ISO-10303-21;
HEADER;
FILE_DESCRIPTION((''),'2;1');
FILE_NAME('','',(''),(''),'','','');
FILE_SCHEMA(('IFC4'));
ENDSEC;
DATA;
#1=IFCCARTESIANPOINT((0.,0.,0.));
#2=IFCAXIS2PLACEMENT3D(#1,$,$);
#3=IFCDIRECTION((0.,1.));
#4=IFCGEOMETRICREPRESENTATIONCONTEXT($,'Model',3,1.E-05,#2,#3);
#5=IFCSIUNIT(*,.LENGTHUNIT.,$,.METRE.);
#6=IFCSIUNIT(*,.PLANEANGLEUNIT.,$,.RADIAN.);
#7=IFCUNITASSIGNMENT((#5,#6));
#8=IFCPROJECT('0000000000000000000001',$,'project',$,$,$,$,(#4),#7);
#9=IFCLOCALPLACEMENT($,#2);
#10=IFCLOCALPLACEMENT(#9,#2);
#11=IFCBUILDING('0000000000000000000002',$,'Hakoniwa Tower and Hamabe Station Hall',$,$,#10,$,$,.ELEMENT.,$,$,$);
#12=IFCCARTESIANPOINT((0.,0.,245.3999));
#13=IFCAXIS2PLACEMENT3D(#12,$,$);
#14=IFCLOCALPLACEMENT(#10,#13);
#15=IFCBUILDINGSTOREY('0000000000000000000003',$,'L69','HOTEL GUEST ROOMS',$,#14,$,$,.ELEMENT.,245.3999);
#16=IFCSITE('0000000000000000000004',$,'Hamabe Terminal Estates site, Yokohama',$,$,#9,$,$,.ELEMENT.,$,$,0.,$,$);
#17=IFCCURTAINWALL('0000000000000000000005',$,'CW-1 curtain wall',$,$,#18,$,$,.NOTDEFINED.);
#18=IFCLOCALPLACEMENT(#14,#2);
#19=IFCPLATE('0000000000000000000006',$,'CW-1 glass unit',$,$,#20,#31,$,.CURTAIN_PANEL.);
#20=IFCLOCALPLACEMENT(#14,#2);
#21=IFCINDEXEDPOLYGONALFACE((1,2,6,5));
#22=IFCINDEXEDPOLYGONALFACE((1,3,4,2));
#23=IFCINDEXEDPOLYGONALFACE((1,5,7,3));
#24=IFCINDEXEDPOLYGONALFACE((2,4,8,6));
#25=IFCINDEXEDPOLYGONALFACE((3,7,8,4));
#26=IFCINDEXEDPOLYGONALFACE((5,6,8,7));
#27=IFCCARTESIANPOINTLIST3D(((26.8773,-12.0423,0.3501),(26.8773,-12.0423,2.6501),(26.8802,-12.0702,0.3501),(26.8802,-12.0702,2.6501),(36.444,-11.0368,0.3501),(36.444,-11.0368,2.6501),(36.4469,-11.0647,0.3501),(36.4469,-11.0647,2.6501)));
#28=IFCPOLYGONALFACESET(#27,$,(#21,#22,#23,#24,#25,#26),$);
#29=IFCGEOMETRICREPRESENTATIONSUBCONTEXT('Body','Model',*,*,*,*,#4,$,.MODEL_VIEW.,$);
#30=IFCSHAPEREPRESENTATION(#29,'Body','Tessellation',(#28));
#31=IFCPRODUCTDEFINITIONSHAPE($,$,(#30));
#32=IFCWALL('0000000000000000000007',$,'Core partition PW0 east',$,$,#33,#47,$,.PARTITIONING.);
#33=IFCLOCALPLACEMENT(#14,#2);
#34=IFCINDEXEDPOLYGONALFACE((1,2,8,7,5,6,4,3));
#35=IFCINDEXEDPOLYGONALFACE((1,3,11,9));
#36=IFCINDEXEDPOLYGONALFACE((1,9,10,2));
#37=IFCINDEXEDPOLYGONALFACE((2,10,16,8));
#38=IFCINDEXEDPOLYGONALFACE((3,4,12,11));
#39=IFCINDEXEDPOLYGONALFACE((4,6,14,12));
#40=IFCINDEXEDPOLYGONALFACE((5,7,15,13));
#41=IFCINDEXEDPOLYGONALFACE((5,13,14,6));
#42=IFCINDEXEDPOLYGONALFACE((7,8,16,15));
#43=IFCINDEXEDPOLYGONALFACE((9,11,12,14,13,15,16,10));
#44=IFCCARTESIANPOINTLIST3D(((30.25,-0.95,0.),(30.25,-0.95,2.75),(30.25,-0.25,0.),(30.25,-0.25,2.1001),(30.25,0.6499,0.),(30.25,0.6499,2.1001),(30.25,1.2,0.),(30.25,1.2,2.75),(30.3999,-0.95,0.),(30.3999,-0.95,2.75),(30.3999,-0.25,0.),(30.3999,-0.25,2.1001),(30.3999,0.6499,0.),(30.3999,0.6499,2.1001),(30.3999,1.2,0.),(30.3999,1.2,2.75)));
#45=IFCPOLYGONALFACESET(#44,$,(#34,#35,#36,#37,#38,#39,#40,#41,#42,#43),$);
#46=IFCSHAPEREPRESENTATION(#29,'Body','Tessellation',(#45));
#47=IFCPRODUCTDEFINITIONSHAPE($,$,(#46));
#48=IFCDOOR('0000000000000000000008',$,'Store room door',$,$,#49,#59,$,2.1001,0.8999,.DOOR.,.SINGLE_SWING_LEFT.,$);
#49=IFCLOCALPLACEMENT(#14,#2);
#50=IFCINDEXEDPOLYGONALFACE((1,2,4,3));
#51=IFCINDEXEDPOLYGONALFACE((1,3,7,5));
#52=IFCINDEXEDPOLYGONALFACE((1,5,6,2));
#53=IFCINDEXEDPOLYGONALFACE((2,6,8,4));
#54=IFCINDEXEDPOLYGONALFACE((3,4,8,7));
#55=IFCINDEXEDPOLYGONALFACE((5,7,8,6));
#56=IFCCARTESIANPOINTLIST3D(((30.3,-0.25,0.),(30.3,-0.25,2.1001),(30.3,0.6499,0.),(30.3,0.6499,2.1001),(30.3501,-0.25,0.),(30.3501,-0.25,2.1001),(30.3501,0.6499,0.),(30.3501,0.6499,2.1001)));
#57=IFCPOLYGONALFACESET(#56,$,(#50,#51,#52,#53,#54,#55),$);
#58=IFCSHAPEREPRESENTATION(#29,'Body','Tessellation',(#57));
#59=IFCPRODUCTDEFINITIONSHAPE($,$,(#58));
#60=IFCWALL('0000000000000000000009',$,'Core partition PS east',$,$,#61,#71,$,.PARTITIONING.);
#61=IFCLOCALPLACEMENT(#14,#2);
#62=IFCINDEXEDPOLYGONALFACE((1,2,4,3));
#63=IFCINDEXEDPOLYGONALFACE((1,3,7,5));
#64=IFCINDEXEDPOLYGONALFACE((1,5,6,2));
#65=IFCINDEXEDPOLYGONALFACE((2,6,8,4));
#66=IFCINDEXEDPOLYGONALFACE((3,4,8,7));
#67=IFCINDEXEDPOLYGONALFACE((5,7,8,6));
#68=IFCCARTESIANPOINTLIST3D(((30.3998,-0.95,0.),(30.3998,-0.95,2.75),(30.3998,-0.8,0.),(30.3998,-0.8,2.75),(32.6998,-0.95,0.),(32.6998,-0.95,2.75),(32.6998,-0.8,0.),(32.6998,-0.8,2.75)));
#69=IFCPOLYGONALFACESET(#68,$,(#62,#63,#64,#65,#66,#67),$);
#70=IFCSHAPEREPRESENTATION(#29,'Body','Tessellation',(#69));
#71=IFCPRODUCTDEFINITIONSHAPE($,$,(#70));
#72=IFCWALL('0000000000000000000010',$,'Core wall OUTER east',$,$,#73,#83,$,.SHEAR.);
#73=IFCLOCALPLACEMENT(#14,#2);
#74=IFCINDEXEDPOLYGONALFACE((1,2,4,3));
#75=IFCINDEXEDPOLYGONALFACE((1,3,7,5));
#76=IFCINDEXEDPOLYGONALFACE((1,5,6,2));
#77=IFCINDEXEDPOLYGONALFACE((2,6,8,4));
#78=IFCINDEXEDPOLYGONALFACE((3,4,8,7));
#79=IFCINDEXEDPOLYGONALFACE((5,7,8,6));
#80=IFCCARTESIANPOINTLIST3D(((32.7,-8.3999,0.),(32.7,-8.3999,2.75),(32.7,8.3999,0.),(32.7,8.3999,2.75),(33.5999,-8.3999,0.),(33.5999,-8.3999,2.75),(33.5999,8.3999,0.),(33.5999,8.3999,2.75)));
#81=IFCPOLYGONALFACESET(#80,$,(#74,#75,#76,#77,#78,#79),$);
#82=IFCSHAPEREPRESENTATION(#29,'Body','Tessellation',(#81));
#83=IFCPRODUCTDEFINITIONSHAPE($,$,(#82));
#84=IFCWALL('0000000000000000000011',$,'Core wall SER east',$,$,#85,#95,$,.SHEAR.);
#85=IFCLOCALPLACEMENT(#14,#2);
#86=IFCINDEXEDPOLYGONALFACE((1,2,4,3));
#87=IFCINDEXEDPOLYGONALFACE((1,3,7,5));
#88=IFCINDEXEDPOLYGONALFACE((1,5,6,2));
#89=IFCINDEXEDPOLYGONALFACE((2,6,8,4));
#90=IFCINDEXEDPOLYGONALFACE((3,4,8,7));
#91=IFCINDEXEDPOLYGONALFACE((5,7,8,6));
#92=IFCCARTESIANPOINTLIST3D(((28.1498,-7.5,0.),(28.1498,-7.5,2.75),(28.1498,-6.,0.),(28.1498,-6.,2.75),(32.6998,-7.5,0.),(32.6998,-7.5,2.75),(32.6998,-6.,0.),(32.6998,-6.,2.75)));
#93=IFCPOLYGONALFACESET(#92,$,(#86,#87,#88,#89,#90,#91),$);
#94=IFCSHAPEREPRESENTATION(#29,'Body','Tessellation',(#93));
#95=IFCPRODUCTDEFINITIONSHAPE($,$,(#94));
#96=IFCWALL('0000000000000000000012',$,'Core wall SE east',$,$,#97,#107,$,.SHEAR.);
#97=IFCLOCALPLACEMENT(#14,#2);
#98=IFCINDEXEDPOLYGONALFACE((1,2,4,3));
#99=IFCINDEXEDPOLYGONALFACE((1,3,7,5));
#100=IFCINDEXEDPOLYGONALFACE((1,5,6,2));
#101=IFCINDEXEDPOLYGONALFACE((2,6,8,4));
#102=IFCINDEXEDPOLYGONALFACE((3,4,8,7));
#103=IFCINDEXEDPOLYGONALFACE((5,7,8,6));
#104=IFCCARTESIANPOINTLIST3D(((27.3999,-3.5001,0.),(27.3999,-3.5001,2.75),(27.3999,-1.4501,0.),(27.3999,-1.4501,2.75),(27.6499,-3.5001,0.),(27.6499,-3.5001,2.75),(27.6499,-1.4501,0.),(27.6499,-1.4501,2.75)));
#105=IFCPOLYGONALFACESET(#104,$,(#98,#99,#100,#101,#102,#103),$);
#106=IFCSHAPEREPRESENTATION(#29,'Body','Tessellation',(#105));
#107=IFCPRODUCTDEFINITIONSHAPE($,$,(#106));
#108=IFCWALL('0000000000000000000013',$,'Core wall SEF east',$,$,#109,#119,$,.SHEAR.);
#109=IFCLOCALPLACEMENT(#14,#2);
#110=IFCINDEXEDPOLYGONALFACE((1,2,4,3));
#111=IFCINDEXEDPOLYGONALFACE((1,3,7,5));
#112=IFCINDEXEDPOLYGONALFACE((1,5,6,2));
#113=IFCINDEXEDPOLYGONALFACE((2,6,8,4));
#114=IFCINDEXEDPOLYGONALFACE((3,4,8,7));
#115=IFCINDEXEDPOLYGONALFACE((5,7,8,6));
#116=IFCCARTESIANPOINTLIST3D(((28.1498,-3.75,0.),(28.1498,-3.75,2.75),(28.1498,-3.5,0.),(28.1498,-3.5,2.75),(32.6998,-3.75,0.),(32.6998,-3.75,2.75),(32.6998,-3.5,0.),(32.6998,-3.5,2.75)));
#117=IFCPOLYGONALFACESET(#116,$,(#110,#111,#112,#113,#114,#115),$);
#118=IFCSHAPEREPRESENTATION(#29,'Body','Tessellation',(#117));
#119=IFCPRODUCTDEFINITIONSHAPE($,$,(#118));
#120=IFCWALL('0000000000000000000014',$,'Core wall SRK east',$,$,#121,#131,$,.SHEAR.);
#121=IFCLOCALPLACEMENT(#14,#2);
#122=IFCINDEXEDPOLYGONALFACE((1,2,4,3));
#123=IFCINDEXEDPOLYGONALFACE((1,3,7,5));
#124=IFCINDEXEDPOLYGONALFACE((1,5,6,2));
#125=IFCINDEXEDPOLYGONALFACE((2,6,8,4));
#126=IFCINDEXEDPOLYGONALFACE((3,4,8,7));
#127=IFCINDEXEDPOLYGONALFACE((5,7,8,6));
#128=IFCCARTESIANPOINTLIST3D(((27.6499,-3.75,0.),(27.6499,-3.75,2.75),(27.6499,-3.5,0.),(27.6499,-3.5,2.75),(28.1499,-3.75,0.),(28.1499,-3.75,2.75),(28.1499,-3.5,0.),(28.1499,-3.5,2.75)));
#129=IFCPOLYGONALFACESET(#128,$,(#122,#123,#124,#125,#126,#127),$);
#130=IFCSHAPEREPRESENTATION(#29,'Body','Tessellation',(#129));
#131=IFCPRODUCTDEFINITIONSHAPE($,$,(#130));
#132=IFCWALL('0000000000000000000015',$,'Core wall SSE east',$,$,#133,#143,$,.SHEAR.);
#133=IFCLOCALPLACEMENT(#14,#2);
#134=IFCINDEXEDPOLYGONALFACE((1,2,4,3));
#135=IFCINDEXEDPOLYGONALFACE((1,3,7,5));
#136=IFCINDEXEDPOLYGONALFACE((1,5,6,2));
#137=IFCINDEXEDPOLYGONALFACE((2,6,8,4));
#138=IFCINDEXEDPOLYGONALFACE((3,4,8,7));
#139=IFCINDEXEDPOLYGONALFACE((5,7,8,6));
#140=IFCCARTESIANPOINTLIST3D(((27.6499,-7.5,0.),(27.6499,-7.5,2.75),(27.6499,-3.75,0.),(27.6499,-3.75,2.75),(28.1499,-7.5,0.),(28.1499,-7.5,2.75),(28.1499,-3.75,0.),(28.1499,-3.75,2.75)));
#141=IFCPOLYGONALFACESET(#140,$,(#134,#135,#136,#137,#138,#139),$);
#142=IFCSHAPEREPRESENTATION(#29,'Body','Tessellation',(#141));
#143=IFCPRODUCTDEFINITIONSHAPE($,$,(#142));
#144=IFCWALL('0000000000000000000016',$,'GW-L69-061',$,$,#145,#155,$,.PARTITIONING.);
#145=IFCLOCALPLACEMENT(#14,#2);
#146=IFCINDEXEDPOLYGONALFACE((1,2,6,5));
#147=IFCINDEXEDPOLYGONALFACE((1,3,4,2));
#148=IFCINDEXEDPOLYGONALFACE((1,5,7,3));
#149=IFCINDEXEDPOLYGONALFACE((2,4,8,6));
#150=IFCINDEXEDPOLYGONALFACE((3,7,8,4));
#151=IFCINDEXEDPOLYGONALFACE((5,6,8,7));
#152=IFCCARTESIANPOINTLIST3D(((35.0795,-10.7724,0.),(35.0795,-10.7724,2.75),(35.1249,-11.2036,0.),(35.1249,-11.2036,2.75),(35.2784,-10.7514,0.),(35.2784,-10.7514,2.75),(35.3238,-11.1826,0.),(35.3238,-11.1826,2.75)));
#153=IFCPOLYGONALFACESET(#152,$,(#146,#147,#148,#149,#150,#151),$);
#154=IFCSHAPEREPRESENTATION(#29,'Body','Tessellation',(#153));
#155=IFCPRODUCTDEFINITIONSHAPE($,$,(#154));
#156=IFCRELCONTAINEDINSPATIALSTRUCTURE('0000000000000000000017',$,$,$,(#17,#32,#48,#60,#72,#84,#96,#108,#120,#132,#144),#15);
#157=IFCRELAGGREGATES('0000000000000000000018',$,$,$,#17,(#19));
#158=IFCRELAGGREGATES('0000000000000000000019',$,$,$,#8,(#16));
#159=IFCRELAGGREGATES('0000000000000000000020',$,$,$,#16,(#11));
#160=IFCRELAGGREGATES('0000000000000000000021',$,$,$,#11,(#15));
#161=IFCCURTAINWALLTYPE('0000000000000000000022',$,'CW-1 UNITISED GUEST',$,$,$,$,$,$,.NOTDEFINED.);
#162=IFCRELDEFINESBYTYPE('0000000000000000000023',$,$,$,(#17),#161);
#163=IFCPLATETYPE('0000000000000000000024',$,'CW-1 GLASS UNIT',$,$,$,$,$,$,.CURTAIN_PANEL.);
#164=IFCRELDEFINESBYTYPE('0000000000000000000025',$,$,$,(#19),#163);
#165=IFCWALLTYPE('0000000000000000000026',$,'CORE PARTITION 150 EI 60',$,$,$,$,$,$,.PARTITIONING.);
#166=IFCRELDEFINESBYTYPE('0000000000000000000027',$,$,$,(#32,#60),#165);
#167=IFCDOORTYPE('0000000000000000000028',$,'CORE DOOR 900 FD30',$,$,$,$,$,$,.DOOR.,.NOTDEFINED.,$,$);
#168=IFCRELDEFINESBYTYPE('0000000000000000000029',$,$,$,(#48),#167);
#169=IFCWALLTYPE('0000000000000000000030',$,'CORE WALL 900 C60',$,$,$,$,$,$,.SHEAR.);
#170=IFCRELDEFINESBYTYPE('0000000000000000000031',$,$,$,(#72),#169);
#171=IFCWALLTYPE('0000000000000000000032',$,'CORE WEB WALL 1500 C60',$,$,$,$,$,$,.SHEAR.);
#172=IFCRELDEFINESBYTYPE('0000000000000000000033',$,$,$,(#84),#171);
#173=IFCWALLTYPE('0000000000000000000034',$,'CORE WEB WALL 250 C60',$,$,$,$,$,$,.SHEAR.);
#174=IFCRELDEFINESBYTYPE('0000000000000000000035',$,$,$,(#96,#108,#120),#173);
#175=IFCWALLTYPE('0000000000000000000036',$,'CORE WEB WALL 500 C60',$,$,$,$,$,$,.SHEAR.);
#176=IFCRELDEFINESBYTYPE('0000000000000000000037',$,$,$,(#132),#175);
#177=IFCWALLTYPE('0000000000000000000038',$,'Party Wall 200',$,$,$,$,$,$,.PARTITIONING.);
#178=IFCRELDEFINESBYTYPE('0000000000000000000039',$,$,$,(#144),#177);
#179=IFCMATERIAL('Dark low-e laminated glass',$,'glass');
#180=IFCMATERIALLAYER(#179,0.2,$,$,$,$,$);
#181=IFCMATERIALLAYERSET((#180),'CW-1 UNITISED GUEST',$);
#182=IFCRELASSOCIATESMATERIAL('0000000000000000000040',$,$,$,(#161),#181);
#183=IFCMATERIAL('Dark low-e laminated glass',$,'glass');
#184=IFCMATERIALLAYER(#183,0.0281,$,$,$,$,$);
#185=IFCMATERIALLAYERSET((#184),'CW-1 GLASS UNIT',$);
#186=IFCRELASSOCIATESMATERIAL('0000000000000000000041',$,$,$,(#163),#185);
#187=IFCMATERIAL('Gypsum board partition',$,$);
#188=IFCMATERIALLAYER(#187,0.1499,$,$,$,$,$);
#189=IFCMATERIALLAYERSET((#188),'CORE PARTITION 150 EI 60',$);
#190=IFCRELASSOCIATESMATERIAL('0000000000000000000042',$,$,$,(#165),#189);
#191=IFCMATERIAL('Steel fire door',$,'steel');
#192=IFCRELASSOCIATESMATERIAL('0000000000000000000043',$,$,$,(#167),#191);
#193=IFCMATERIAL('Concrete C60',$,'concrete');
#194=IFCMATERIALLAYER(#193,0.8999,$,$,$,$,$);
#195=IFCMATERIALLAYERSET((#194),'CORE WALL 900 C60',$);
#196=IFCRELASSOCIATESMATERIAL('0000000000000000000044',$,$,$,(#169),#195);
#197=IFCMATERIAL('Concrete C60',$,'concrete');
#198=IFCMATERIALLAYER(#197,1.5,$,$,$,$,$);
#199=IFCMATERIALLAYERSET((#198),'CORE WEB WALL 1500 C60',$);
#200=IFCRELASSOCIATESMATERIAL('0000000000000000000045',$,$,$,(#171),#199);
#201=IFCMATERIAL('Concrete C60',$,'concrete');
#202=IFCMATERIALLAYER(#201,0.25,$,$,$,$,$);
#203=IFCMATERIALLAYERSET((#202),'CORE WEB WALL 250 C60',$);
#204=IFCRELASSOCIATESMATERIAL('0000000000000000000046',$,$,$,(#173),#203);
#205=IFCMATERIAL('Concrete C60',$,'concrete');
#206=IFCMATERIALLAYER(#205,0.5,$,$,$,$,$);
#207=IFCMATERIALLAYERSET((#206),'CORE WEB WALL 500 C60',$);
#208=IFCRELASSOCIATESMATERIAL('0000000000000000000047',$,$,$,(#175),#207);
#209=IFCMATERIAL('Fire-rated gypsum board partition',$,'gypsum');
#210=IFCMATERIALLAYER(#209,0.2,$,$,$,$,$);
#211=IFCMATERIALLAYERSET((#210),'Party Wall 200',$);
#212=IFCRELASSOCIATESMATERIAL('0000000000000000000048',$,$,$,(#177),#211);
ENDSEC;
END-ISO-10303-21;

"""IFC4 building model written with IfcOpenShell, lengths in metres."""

from ifc_helpers import new_model, si_unit, direction, frame, frame_2d, origin, origin_2d, place, context, subcontext, project, spatial, rectangle, extrude, material, layer, layer_set, type_object, element, fill, aggregate, save


model = new_model("IFC4")

# Units and contexts
model_context = context("Model", 3, precision=1e-05, world=origin(), true_north=direction((0.0, 1.0)))
body_context = subcontext(model_context, "Body", "Model", "MODEL_VIEW")
ifc_project = project(units=[si_unit("LENGTHUNIT", "METRE"), si_unit("PLANEANGLEUNIT", "RADIAN")], contexts=[model_context])

# Site, building, storey
site_placement = place(None, origin())
site = spatial("IfcSite", under=ifc_project, at=site_placement, Name="Hamabe Terminal Estates site, Yokohama", CompositionType="ELEMENT", RefElevation=0.0)
building_placement = place(site_placement, origin())
building = spatial("IfcBuilding", under=site, at=building_placement, Name="Hakoniwa Tower and Hamabe Station Hall", CompositionType="ELEMENT")
storey_placement = place(building_placement, frame((0.0, 0.0, 245.3999)))
storey = spatial("IfcBuildingStorey", under=building, at=storey_placement, Name="L69", Description="HOTEL GUEST ROOMS", CompositionType="ELEMENT", Elevation=245.3999)

# Shared definitions
ifc_material_1 = material(Name="Dark low-e laminated glass", Category="glass")
ifc_layer_1 = layer(ifc_material_1, 0.2)
ifc_layer_set_1 = layer_set([ifc_layer_1], Name="CW-1 UNITISED GUEST")
curtain_wall_type = type_object("IfcCurtainWallType", Name="CW-1 UNITISED GUEST", PredefinedType="NOTDEFINED", material=ifc_layer_set_1)

# Curtain wall
curtain_wall_1_placement = place(storey_placement, origin())
curtain_wall_1 = element("IfcCurtainWall", 1, at=curtain_wall_1_placement, inside=storey, type_object=curtain_wall_type, Name="CW-1 curtain wall", PredefinedType="NOTDEFINED")

# Plate
ifc_material_2 = material(Name="Dark low-e laminated glass", Category="glass")
ifc_layer_2 = layer(ifc_material_2, 0.0281)
ifc_layer_set_2 = layer_set([ifc_layer_2], Name="CW-1 GLASS UNIT")
plate_type = type_object("IfcPlateType", Name="CW-1 GLASS UNIT", PredefinedType="CURTAIN_PANEL", material=ifc_layer_set_2)
plate_1_placement = place(storey_placement, frame((31.6621, -11.5535, 0.3501), z_axis=(0.0, 0.0, 1.0), x_axis=(0.994522, 0.104528, 0.0)))
plate_1 = element("IfcPlate", 2, at=plate_1_placement, type_object=plate_type, Name="CW-1 glass unit", PredefinedType="CURTAIN_PANEL", context=body_context, shape_type="SweptSolid", body=[
    extrude(rectangle(XDim=9.6194, YDim=0.0281, at=origin_2d()), origin(), (0.0, 0.0, 1.0), 2.3),
])
aggregate(curtain_wall_1, [plate_1])

# Wall, opening, door
ifc_material_3 = material(Name="Gypsum board partition")
ifc_layer_3 = layer(ifc_material_3, 0.1499)
ifc_layer_set_3 = layer_set([ifc_layer_3], Name="CORE PARTITION 150 EI 60")
wall_type_1 = type_object("IfcWallType", Name="CORE PARTITION 150 EI 60", PredefinedType="PARTITIONING", material=ifc_layer_set_3)
wall_1_placement = place(storey_placement, frame((30.325, -0.95, 0.0), z_axis=(0.0, 0.0, 1.0), x_axis=(0.0, 1.0, 0.0)))
wall_1 = element("IfcWall", 3, at=wall_1_placement, inside=storey, type_object=wall_type_1, Name="Core partition PW0 east", PredefinedType="PARTITIONING", context=body_context, shape_type="SweptSolid", body=[
    extrude(rectangle(XDim=2.1499, YDim=0.1499, at=frame_2d((1.075, 0.0))), origin(), (0.0, 0.0, 1.0), 2.75),
])
opening_placement = place(wall_1_placement, frame((0.7, 0.0, 0.0)))
opening = element("IfcOpeningElement", 4, at=opening_placement, cuts=wall_1, PredefinedType="OPENING", context=body_context, shape_type="SweptSolid", body=[
    extrude(rectangle(XDim=0.8999, YDim=2.1001, at=frame_2d((0.45, 1.05))), frame((0.0, 0.085, 0.0), z_axis=(0.0, -1.0, 0.0), x_axis=(1.0, 0.0, 0.0)), (0.0, 0.0, 1.0), 0.1699),
])
ifc_material_4 = material(Name="Steel fire door", Category="steel")
door_type = type_object("IfcDoorType", Name="CORE DOOR 900 FD30", OperationType="NOTDEFINED", PredefinedType="DOOR", material=ifc_material_4)
door_placement = place(opening_placement, origin())
door = element("IfcDoor", 5, at=door_placement, inside=storey, type_object=door_type, Name="Store room door", OperationType="SINGLE_SWING_LEFT", OverallHeight=2.1001, OverallWidth=0.8999, PredefinedType="DOOR", context=body_context, shape_type="SweptSolid", body=[
    extrude(rectangle(XDim=0.8999, YDim=2.1001, at=frame_2d((0.45, 1.05))), frame((0.0, 0.0249, 0.0), z_axis=(0.0, -1.0, 0.0), x_axis=(1.0, 0.0, 0.0)), (0.0, 0.0, 1.0), 0.05),
])
fill(opening, door)

# Walls
wall_2_placement = place(storey_placement, frame((30.3999, -0.875, 0.0), z_axis=(0.0, 0.0, 1.0), x_axis=(1.0, 0.0, 0.0)))
element("IfcWall", 6, at=wall_2_placement, inside=storey, type_object=wall_type_1, Name="Core partition PS east", PredefinedType="PARTITIONING", context=body_context, shape_type="SweptSolid", body=[
    extrude(rectangle(XDim=2.3, YDim=0.1499, at=frame_2d((1.1499, 0.0))), origin(), (0.0, 0.0, 1.0), 2.75),
])
ifc_material_5 = material(Name="Concrete C60", Category="concrete")
ifc_layer_4 = layer(ifc_material_5, 0.8999)
ifc_layer_set_4 = layer_set([ifc_layer_4], Name="CORE WALL 900 C60")
wall_type_2 = type_object("IfcWallType", Name="CORE WALL 900 C60", PredefinedType="SHEAR", material=ifc_layer_set_4)
wall_3_placement = place(storey_placement, frame((33.1499, -8.3999, 0.0), z_axis=(0.0, 0.0, 1.0), x_axis=(0.0, 1.0, 0.0)))
element("IfcWall", 7, at=wall_3_placement, inside=storey, type_object=wall_type_2, Name="Core wall OUTER east", PredefinedType="SHEAR", context=body_context, shape_type="SweptSolid", body=[
    extrude(rectangle(XDim=16.7998, YDim=0.8999, at=frame_2d((8.3999, 0.0))), origin(), (0.0, 0.0, 1.0), 2.75),
])
ifc_material_6 = material(Name="Concrete C60", Category="concrete")
ifc_layer_5 = layer(ifc_material_6, 1.5)
ifc_layer_set_5 = layer_set([ifc_layer_5], Name="CORE WEB WALL 1500 C60")
wall_type_3 = type_object("IfcWallType", Name="CORE WEB WALL 1500 C60", PredefinedType="SHEAR", material=ifc_layer_set_5)
wall_4_placement = place(storey_placement, frame((28.1499, -6.75, 0.0), z_axis=(0.0, 0.0, 1.0), x_axis=(1.0, 0.0, 0.0)))
element("IfcWall", 8, at=wall_4_placement, inside=storey, type_object=wall_type_3, Name="Core wall SER east", PredefinedType="SHEAR", context=body_context, shape_type="SweptSolid", body=[
    extrude(rectangle(XDim=4.55, YDim=1.5, at=frame_2d((2.2749, 0.0))), origin(), (0.0, 0.0, 1.0), 2.75),
])
ifc_material_7 = material(Name="Concrete C60", Category="concrete")
ifc_layer_6 = layer(ifc_material_7, 0.25)
ifc_layer_set_6 = layer_set([ifc_layer_6], Name="CORE WEB WALL 250 C60")
wall_type_4 = type_object("IfcWallType", Name="CORE WEB WALL 250 C60", PredefinedType="SHEAR", material=ifc_layer_set_6)
wall_5_placement = place(storey_placement, frame((27.5249, -3.5, 0.0), z_axis=(0.0, 0.0, 1.0), x_axis=(0.0, 1.0, 0.0)))
element("IfcWall", 9, at=wall_5_placement, inside=storey, type_object=wall_type_4, Name="Core wall SE east", PredefinedType="SHEAR", context=body_context, shape_type="SweptSolid", body=[
    extrude(rectangle(XDim=2.05, YDim=0.25, at=frame_2d((1.0249, 0.0))), origin(), (0.0, 0.0, 1.0), 2.75),
])
wall_6_placement = place(storey_placement, frame((28.1499, -3.625, 0.0), z_axis=(0.0, 0.0, 1.0), x_axis=(1.0, 0.0, 0.0)))
element("IfcWall", 10, at=wall_6_placement, inside=storey, type_object=wall_type_4, Name="Core wall SEF east", PredefinedType="SHEAR", context=body_context, shape_type="SweptSolid", body=[
    extrude(rectangle(XDim=4.55, YDim=0.25, at=frame_2d((2.2749, 0.0))), origin(), (0.0, 0.0, 1.0), 2.75),
])
wall_7_placement = place(storey_placement, frame((27.6499, -3.625, 0.0), z_axis=(0.0, 0.0, 1.0), x_axis=(1.0, 0.0, 0.0)))
element("IfcWall", 11, at=wall_7_placement, inside=storey, type_object=wall_type_4, Name="Core wall SRK east", PredefinedType="SHEAR", context=body_context, shape_type="SweptSolid", body=[
    extrude(rectangle(XDim=0.5, YDim=0.25, at=frame_2d((0.25, 0.0))), origin(), (0.0, 0.0, 1.0), 2.75),
])
ifc_material_8 = material(Name="Concrete C60", Category="concrete")
ifc_layer_7 = layer(ifc_material_8, 0.5)
ifc_layer_set_7 = layer_set([ifc_layer_7], Name="CORE WEB WALL 500 C60")
wall_type_5 = type_object("IfcWallType", Name="CORE WEB WALL 500 C60", PredefinedType="SHEAR", material=ifc_layer_set_7)
wall_8_placement = place(storey_placement, frame((27.8999, -7.5, 0.0), z_axis=(0.0, 0.0, 1.0), x_axis=(0.0, 1.0, 0.0)))
element("IfcWall", 12, at=wall_8_placement, inside=storey, type_object=wall_type_5, Name="Core wall SSE east", PredefinedType="SHEAR", context=body_context, shape_type="SweptSolid", body=[
    extrude(rectangle(XDim=3.75, YDim=0.5, at=frame_2d((1.875, 0.0))), origin(), (0.0, 0.0, 1.0), 2.75),
])
ifc_material_9 = material(Name="Fire-rated gypsum board partition", Category="gypsum")
ifc_layer_8 = layer(ifc_material_9, 0.2)
ifc_layer_set_8 = layer_set([ifc_layer_8], Name="Party Wall 200")
wall_type_6 = type_object("IfcWallType", Name="Party Wall 200", PredefinedType="PARTITIONING", material=ifc_layer_set_8)
wall_9_placement = place(storey_placement, frame((35.2244, -11.1931, 0.0), z_axis=(0.0, 0.0, 1.0), x_axis=(-0.104743, 0.994499, 0.0)))
element("IfcWall", 13, at=wall_9_placement, inside=storey, type_object=wall_type_6, Name="GW-L69-061", PredefinedType="PARTITIONING", context=body_context, shape_type="SweptSolid", body=[
    extrude(rectangle(XDim=0.4336, YDim=0.2, at=frame_2d((0.2168, 0.0))), origin(), (0.0, 0.0, 1.0), 2.75),
])

save(model, "model.ifc")
